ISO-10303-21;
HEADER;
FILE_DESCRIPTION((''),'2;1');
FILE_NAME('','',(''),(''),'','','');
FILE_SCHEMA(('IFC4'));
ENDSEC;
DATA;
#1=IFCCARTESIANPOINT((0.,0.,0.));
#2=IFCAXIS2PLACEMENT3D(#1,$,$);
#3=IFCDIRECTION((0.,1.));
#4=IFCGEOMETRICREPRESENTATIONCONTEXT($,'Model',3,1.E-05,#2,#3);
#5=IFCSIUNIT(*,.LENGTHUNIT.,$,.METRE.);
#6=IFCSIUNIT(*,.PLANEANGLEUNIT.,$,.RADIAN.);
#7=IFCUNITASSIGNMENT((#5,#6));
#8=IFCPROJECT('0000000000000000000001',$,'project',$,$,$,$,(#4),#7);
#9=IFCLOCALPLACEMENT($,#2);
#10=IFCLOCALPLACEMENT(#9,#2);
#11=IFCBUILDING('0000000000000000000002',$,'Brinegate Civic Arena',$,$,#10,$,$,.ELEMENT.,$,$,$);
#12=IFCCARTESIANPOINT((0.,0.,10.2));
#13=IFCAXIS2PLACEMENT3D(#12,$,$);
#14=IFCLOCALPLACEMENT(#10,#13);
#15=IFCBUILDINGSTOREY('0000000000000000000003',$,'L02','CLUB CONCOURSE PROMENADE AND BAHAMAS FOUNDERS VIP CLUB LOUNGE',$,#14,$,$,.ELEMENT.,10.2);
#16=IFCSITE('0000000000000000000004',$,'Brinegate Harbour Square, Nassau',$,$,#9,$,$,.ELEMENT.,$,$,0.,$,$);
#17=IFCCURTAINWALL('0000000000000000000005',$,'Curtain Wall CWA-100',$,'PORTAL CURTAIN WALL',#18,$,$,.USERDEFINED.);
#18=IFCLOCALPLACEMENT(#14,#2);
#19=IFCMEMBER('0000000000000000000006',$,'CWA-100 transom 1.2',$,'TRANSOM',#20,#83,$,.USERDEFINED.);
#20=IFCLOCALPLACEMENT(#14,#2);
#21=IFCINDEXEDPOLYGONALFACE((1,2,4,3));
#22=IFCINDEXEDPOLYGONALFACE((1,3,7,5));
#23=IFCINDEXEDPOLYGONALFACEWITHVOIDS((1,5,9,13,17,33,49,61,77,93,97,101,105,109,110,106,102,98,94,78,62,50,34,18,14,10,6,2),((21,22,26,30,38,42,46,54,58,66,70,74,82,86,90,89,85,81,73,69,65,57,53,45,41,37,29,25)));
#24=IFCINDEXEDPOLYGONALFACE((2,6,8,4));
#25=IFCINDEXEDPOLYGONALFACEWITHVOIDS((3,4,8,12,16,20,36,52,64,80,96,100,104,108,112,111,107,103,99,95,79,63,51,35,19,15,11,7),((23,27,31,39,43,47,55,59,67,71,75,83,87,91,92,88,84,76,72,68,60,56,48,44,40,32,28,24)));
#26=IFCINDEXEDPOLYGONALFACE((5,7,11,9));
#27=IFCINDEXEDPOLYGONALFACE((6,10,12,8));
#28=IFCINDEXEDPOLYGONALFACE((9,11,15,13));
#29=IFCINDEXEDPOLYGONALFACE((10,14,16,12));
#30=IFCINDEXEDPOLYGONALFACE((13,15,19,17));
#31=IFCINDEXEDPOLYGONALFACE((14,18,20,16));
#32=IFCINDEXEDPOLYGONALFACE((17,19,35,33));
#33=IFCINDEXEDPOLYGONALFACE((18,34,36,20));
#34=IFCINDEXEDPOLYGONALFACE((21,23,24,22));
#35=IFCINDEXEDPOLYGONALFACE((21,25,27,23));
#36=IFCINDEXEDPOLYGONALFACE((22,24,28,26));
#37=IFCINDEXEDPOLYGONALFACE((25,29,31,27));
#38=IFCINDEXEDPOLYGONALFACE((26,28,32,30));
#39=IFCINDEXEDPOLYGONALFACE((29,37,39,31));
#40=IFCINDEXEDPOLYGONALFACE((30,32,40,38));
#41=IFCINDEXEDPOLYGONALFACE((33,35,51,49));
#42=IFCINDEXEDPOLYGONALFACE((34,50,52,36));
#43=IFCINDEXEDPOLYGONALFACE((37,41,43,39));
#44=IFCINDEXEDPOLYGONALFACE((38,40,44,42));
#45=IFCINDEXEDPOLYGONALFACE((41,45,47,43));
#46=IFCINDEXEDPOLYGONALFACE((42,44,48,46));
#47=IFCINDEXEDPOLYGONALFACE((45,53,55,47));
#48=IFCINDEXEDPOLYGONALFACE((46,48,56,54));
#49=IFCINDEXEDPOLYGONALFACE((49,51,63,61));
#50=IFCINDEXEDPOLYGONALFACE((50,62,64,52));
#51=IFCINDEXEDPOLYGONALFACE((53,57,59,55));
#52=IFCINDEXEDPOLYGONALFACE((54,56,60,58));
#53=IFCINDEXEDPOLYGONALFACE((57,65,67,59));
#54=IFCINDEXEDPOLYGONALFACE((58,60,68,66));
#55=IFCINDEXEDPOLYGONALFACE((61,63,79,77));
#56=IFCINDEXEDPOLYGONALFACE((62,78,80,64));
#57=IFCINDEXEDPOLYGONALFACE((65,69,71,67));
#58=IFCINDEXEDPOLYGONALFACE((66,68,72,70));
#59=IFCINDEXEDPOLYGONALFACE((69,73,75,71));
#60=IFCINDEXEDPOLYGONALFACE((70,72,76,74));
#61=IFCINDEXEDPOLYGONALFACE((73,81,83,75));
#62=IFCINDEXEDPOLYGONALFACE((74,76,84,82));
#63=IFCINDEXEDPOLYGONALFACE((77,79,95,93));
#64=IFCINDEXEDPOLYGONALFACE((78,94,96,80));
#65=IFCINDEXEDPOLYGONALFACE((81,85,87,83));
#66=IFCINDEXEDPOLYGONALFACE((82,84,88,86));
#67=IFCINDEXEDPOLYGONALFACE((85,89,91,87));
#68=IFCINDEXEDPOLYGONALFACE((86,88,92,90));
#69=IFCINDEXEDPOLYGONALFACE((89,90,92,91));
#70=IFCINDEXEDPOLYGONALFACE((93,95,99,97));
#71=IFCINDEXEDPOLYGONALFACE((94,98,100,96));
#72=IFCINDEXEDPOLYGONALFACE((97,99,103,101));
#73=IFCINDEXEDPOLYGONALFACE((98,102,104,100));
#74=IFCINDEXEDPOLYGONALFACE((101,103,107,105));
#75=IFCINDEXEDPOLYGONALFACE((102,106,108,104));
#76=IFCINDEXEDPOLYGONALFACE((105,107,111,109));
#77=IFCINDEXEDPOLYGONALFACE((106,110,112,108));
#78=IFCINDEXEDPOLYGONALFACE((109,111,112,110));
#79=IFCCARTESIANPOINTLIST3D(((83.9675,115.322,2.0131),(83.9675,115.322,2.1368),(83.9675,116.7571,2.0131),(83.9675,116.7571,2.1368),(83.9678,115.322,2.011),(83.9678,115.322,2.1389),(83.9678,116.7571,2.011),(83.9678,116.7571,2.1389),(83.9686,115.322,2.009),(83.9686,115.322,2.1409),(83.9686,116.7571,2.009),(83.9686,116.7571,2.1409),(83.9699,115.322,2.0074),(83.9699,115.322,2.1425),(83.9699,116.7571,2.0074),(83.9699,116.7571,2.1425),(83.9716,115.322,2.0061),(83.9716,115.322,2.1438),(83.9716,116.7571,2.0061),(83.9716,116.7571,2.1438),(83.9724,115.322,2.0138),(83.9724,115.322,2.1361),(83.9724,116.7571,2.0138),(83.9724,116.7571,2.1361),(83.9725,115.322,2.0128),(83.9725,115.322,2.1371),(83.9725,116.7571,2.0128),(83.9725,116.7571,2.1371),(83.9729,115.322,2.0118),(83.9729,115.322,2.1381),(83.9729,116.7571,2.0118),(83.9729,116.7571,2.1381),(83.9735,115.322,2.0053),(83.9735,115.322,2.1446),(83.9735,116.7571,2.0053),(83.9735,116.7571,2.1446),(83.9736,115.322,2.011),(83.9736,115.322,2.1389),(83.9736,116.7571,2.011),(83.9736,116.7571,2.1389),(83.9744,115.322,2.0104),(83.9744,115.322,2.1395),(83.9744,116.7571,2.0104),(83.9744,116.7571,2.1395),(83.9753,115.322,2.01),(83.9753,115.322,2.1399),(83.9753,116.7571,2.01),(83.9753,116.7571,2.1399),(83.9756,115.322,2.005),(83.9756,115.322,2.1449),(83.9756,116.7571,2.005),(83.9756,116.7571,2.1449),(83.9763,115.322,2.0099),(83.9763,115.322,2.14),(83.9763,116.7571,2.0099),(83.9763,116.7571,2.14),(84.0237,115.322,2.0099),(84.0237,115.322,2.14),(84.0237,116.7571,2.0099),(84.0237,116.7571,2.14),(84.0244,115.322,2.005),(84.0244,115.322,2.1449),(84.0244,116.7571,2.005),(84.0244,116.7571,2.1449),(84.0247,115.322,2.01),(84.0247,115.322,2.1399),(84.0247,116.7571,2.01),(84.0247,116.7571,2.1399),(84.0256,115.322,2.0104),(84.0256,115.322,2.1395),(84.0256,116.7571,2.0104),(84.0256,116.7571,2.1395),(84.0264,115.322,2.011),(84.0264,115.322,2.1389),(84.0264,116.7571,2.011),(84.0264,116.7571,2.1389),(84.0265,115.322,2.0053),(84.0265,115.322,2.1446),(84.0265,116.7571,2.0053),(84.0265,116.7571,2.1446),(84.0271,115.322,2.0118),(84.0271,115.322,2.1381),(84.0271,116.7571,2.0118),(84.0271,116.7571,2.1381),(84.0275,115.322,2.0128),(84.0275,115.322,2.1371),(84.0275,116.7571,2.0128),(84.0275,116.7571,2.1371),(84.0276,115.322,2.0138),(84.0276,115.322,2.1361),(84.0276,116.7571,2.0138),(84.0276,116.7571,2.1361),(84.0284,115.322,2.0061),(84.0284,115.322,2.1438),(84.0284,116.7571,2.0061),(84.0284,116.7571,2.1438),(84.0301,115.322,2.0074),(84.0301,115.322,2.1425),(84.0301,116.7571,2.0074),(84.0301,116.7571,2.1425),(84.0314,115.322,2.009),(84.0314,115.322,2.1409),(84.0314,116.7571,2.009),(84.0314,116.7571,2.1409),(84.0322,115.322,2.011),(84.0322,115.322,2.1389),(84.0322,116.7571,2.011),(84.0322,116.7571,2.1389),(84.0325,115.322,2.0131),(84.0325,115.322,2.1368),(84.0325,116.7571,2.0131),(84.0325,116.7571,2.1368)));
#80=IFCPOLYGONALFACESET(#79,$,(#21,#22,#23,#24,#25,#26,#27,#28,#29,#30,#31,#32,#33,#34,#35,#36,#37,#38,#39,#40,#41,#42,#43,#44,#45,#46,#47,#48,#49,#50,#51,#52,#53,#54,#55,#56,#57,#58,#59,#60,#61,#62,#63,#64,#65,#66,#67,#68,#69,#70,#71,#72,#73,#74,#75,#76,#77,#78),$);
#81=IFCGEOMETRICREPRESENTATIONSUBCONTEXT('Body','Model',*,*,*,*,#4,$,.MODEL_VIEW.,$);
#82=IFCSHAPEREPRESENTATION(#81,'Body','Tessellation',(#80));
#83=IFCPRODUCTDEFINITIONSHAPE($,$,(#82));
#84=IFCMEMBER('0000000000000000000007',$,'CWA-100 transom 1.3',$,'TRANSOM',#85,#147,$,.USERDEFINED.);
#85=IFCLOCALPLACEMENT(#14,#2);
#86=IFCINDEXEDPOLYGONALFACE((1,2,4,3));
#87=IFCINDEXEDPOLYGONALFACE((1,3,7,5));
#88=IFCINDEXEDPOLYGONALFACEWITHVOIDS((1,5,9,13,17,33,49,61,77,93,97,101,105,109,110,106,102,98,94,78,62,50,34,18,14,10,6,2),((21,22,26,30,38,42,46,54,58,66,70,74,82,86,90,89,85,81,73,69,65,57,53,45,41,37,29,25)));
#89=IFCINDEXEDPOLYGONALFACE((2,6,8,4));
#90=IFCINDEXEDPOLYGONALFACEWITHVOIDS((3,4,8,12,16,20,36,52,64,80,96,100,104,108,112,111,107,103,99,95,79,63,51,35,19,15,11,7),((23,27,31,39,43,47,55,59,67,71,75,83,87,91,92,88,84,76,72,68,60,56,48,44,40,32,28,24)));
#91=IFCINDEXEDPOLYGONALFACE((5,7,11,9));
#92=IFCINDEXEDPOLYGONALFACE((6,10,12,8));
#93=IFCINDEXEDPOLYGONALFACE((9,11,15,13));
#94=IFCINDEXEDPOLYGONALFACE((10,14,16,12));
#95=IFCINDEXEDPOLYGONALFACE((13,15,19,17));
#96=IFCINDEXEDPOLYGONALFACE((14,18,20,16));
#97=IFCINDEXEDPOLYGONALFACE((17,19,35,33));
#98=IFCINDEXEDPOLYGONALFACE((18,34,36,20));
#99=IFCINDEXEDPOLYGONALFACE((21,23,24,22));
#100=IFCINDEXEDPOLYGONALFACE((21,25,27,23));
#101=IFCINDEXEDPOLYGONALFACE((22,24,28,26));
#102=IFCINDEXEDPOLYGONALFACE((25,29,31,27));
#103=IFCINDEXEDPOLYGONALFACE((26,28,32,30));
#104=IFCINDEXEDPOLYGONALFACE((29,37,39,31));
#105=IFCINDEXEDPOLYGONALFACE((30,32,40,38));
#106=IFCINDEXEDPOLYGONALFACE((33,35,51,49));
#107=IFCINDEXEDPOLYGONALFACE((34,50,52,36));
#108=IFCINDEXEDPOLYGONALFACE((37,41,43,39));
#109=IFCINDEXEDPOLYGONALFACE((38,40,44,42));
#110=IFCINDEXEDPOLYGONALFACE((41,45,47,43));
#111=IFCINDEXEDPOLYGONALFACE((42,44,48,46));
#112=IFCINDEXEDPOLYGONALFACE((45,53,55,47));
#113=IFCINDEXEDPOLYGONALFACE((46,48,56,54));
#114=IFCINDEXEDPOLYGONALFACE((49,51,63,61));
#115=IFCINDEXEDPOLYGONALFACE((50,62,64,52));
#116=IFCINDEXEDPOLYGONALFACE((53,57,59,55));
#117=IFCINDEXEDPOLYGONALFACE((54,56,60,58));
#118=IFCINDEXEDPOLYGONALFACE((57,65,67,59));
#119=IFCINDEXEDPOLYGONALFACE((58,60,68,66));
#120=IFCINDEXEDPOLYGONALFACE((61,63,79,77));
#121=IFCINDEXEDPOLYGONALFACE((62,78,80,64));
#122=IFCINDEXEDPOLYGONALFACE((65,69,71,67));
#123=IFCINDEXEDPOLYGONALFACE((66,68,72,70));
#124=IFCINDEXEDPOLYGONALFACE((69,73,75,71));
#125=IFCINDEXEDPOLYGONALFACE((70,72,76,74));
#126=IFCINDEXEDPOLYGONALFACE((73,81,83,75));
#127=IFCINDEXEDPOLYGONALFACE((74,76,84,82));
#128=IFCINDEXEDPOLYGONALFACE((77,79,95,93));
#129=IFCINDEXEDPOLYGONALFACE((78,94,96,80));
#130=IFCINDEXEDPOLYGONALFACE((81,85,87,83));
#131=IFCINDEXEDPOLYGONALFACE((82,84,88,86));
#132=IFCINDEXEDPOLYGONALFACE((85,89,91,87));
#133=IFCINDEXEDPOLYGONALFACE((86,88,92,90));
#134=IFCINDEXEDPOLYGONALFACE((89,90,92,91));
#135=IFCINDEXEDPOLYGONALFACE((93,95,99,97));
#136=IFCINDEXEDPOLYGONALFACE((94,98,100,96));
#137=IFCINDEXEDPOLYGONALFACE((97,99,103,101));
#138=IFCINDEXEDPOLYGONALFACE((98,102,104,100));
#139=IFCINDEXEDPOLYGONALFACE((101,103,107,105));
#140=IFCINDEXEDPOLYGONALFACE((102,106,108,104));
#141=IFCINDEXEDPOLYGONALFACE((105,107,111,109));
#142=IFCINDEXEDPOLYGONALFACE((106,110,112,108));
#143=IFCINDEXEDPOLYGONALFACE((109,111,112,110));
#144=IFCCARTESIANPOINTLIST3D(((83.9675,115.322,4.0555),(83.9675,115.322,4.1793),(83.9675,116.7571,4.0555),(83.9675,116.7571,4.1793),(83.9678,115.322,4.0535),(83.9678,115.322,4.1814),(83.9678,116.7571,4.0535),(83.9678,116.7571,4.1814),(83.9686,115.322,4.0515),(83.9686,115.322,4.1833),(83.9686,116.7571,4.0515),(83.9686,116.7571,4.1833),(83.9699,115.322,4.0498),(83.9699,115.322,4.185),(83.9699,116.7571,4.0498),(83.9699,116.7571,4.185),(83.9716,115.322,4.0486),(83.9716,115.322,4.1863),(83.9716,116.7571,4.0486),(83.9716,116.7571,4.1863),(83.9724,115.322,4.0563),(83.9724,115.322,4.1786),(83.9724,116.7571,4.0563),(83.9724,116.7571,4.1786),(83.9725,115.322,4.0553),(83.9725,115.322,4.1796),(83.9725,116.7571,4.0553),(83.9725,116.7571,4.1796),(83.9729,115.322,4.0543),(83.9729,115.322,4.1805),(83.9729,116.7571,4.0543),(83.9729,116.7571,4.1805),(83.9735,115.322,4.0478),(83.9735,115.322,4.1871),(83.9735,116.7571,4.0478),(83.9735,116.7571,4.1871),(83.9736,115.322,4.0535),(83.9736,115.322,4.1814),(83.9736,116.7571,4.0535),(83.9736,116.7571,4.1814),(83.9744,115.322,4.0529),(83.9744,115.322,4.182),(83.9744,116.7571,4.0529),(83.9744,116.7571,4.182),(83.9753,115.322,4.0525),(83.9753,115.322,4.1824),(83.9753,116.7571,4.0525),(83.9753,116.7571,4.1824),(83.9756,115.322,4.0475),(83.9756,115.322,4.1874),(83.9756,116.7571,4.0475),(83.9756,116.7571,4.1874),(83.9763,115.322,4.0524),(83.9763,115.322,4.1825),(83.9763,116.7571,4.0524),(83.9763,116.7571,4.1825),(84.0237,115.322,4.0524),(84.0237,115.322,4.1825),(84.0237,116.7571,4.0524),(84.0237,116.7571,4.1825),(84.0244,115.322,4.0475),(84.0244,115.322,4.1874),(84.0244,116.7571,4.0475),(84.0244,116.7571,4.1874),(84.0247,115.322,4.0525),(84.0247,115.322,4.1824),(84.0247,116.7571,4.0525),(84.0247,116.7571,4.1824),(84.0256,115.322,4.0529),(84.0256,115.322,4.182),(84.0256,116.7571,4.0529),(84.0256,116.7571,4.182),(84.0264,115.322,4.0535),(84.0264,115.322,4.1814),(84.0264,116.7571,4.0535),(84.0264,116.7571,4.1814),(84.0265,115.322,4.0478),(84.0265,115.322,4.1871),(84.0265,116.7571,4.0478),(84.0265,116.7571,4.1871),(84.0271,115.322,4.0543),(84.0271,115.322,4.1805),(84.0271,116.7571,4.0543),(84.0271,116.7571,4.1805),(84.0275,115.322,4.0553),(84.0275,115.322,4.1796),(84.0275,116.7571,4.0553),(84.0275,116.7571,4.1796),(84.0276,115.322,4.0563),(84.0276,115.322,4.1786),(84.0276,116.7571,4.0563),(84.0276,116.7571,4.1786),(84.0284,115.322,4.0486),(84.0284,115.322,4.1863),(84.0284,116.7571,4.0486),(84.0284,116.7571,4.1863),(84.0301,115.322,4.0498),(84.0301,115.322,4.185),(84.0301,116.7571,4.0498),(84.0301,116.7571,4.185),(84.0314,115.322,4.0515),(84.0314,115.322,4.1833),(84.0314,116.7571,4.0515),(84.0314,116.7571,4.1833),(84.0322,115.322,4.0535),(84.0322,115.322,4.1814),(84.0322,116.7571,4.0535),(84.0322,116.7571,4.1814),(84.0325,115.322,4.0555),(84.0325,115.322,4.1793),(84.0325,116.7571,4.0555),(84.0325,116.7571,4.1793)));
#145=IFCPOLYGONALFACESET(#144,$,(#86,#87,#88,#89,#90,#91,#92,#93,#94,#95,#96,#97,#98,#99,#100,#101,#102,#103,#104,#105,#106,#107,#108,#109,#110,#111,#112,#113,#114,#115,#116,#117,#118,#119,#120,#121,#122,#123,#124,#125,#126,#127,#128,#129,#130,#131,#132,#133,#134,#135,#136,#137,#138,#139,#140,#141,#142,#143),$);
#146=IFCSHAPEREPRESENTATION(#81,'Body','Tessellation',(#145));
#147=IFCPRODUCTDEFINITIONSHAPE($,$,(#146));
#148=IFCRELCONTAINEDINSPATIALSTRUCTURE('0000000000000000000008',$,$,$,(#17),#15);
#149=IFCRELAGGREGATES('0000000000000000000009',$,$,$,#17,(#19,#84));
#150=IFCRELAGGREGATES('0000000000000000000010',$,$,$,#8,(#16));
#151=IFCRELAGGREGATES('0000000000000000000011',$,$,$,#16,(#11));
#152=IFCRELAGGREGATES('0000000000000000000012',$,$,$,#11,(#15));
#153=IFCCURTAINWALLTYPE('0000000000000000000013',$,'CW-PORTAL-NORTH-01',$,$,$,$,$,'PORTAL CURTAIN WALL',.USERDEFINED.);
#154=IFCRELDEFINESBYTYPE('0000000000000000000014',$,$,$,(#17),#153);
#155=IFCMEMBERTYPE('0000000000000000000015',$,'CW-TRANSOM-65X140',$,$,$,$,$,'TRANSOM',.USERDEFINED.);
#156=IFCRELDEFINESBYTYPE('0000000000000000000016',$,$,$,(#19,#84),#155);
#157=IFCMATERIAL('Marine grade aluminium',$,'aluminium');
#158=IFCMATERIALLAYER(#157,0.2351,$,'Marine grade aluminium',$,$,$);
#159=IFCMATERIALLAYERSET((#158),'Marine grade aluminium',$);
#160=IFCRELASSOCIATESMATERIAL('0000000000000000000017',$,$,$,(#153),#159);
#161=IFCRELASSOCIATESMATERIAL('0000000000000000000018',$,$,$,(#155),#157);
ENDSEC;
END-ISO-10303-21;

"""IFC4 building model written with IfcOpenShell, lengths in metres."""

from ifc_helpers import new_model, si_unit, direction, frame, origin, origin_2d, place, context, subcontext, project, spatial, hollow_rectangle, extrude, material, layer, layer_set, material_profile, profile_set, type_object, element, aggregate, save


model = new_model("IFC4")

# Units and contexts
model_context = context("Model", 3, precision=1e-05, world=origin(), true_north=direction((0.0, 1.0)))
body_context = subcontext(model_context, "Body", "Model", "MODEL_VIEW")
ifc_project = project(units=[si_unit("LENGTHUNIT", "METRE"), si_unit("PLANEANGLEUNIT", "RADIAN")], contexts=[model_context])

# Site, building, storey
site_placement = place(None, origin())
site = spatial("IfcSite", under=ifc_project, at=site_placement, Name="Brinegate Harbour Square, Nassau", CompositionType="ELEMENT", RefElevation=0.0)
building_placement = place(site_placement, origin())
building = spatial("IfcBuilding", under=site, at=building_placement, Name="Brinegate Civic Arena", CompositionType="ELEMENT")
storey_placement = place(building_placement, frame((0.0, 0.0, 10.2)))
storey = spatial("IfcBuildingStorey", under=building, at=storey_placement, Name="L02", Description="CLUB CONCOURSE PROMENADE AND BAHAMAS FOUNDERS VIP CLUB LOUNGE", CompositionType="ELEMENT", Elevation=10.2)

# Curtain wall, members
ifc_material_1 = material(Name="Marine grade aluminium", Category="aluminium")
ifc_layer_1 = layer(ifc_material_1, 0.2351, Name="Marine grade aluminium")
ifc_layer_set_1 = layer_set([ifc_layer_1], Name="Marine grade aluminium")
curtain_wall_type = type_object("IfcCurtainWallType", Name="CW-PORTAL-NORTH-01", ElementType="PORTAL CURTAIN WALL", PredefinedType="USERDEFINED", material=ifc_layer_set_1)
curtain_wall_placement = place(storey_placement, origin())
curtain_wall = element("IfcCurtainWall", 1, at=curtain_wall_placement, inside=storey, type_object=curtain_wall_type, Name="Curtain Wall CWA-100", ObjectType="PORTAL CURTAIN WALL", PredefinedType="USERDEFINED")
ifc_material_profile_1 = material_profile(ifc_material_1, hollow_rectangle(XDim=0.0649, YDim=0.1399, WallThickness=0.0049, InnerFilletRadius=0.0039, OuterFilletRadius=0.0081, at=origin_2d()), Name="TRN65X140")
ifc_profile_set_1 = profile_set([ifc_material_profile_1], Name="Marine grade aluminium")
member_type_1 = type_object("IfcMemberType", Name="CW-TRANSOM-65X140", ElementType="TRANSOM", PredefinedType="USERDEFINED", material=ifc_profile_set_1)
member_1_placement = place(storey_placement, frame((84.0, 115.322, 2.075), z_axis=(0.0, 1.0, 0.0), x_axis=(-1.0, 0.0, 0.0)))
member_1 = element("IfcMember", 2, at=member_1_placement, type_object=member_type_1, Name="CWA-100 transom 1.2", ObjectType="TRANSOM", PredefinedType="USERDEFINED", context=body_context, shape_type="SweptSolid", body=[
    extrude(hollow_rectangle(XDim=0.0649, YDim=0.1399, WallThickness=0.0049, InnerFilletRadius=0.0039, OuterFilletRadius=0.0081, at=origin_2d()), origin(), (0.0, 0.0, 1.0), 1.4351),
])
member_2_placement = place(storey_placement, frame((84.0, 115.322, 4.1174), z_axis=(0.0, 1.0, 0.0), x_axis=(-1.0, 0.0, 0.0)))
member_2 = element("IfcMember", 3, at=member_2_placement, type_object=member_type_1, Name="CWA-100 transom 1.3", ObjectType="TRANSOM", PredefinedType="USERDEFINED", context=body_context, shape_type="SweptSolid", body=[
    extrude(hollow_rectangle(XDim=0.0649, YDim=0.1399, WallThickness=0.0049, InnerFilletRadius=0.0039, OuterFilletRadius=0.0081, at=origin_2d()), origin(), (0.0, 0.0, 1.0), 1.4351),
])
aggregate(curtain_wall, [member_1, member_2])

save(model, "model.ifc")
